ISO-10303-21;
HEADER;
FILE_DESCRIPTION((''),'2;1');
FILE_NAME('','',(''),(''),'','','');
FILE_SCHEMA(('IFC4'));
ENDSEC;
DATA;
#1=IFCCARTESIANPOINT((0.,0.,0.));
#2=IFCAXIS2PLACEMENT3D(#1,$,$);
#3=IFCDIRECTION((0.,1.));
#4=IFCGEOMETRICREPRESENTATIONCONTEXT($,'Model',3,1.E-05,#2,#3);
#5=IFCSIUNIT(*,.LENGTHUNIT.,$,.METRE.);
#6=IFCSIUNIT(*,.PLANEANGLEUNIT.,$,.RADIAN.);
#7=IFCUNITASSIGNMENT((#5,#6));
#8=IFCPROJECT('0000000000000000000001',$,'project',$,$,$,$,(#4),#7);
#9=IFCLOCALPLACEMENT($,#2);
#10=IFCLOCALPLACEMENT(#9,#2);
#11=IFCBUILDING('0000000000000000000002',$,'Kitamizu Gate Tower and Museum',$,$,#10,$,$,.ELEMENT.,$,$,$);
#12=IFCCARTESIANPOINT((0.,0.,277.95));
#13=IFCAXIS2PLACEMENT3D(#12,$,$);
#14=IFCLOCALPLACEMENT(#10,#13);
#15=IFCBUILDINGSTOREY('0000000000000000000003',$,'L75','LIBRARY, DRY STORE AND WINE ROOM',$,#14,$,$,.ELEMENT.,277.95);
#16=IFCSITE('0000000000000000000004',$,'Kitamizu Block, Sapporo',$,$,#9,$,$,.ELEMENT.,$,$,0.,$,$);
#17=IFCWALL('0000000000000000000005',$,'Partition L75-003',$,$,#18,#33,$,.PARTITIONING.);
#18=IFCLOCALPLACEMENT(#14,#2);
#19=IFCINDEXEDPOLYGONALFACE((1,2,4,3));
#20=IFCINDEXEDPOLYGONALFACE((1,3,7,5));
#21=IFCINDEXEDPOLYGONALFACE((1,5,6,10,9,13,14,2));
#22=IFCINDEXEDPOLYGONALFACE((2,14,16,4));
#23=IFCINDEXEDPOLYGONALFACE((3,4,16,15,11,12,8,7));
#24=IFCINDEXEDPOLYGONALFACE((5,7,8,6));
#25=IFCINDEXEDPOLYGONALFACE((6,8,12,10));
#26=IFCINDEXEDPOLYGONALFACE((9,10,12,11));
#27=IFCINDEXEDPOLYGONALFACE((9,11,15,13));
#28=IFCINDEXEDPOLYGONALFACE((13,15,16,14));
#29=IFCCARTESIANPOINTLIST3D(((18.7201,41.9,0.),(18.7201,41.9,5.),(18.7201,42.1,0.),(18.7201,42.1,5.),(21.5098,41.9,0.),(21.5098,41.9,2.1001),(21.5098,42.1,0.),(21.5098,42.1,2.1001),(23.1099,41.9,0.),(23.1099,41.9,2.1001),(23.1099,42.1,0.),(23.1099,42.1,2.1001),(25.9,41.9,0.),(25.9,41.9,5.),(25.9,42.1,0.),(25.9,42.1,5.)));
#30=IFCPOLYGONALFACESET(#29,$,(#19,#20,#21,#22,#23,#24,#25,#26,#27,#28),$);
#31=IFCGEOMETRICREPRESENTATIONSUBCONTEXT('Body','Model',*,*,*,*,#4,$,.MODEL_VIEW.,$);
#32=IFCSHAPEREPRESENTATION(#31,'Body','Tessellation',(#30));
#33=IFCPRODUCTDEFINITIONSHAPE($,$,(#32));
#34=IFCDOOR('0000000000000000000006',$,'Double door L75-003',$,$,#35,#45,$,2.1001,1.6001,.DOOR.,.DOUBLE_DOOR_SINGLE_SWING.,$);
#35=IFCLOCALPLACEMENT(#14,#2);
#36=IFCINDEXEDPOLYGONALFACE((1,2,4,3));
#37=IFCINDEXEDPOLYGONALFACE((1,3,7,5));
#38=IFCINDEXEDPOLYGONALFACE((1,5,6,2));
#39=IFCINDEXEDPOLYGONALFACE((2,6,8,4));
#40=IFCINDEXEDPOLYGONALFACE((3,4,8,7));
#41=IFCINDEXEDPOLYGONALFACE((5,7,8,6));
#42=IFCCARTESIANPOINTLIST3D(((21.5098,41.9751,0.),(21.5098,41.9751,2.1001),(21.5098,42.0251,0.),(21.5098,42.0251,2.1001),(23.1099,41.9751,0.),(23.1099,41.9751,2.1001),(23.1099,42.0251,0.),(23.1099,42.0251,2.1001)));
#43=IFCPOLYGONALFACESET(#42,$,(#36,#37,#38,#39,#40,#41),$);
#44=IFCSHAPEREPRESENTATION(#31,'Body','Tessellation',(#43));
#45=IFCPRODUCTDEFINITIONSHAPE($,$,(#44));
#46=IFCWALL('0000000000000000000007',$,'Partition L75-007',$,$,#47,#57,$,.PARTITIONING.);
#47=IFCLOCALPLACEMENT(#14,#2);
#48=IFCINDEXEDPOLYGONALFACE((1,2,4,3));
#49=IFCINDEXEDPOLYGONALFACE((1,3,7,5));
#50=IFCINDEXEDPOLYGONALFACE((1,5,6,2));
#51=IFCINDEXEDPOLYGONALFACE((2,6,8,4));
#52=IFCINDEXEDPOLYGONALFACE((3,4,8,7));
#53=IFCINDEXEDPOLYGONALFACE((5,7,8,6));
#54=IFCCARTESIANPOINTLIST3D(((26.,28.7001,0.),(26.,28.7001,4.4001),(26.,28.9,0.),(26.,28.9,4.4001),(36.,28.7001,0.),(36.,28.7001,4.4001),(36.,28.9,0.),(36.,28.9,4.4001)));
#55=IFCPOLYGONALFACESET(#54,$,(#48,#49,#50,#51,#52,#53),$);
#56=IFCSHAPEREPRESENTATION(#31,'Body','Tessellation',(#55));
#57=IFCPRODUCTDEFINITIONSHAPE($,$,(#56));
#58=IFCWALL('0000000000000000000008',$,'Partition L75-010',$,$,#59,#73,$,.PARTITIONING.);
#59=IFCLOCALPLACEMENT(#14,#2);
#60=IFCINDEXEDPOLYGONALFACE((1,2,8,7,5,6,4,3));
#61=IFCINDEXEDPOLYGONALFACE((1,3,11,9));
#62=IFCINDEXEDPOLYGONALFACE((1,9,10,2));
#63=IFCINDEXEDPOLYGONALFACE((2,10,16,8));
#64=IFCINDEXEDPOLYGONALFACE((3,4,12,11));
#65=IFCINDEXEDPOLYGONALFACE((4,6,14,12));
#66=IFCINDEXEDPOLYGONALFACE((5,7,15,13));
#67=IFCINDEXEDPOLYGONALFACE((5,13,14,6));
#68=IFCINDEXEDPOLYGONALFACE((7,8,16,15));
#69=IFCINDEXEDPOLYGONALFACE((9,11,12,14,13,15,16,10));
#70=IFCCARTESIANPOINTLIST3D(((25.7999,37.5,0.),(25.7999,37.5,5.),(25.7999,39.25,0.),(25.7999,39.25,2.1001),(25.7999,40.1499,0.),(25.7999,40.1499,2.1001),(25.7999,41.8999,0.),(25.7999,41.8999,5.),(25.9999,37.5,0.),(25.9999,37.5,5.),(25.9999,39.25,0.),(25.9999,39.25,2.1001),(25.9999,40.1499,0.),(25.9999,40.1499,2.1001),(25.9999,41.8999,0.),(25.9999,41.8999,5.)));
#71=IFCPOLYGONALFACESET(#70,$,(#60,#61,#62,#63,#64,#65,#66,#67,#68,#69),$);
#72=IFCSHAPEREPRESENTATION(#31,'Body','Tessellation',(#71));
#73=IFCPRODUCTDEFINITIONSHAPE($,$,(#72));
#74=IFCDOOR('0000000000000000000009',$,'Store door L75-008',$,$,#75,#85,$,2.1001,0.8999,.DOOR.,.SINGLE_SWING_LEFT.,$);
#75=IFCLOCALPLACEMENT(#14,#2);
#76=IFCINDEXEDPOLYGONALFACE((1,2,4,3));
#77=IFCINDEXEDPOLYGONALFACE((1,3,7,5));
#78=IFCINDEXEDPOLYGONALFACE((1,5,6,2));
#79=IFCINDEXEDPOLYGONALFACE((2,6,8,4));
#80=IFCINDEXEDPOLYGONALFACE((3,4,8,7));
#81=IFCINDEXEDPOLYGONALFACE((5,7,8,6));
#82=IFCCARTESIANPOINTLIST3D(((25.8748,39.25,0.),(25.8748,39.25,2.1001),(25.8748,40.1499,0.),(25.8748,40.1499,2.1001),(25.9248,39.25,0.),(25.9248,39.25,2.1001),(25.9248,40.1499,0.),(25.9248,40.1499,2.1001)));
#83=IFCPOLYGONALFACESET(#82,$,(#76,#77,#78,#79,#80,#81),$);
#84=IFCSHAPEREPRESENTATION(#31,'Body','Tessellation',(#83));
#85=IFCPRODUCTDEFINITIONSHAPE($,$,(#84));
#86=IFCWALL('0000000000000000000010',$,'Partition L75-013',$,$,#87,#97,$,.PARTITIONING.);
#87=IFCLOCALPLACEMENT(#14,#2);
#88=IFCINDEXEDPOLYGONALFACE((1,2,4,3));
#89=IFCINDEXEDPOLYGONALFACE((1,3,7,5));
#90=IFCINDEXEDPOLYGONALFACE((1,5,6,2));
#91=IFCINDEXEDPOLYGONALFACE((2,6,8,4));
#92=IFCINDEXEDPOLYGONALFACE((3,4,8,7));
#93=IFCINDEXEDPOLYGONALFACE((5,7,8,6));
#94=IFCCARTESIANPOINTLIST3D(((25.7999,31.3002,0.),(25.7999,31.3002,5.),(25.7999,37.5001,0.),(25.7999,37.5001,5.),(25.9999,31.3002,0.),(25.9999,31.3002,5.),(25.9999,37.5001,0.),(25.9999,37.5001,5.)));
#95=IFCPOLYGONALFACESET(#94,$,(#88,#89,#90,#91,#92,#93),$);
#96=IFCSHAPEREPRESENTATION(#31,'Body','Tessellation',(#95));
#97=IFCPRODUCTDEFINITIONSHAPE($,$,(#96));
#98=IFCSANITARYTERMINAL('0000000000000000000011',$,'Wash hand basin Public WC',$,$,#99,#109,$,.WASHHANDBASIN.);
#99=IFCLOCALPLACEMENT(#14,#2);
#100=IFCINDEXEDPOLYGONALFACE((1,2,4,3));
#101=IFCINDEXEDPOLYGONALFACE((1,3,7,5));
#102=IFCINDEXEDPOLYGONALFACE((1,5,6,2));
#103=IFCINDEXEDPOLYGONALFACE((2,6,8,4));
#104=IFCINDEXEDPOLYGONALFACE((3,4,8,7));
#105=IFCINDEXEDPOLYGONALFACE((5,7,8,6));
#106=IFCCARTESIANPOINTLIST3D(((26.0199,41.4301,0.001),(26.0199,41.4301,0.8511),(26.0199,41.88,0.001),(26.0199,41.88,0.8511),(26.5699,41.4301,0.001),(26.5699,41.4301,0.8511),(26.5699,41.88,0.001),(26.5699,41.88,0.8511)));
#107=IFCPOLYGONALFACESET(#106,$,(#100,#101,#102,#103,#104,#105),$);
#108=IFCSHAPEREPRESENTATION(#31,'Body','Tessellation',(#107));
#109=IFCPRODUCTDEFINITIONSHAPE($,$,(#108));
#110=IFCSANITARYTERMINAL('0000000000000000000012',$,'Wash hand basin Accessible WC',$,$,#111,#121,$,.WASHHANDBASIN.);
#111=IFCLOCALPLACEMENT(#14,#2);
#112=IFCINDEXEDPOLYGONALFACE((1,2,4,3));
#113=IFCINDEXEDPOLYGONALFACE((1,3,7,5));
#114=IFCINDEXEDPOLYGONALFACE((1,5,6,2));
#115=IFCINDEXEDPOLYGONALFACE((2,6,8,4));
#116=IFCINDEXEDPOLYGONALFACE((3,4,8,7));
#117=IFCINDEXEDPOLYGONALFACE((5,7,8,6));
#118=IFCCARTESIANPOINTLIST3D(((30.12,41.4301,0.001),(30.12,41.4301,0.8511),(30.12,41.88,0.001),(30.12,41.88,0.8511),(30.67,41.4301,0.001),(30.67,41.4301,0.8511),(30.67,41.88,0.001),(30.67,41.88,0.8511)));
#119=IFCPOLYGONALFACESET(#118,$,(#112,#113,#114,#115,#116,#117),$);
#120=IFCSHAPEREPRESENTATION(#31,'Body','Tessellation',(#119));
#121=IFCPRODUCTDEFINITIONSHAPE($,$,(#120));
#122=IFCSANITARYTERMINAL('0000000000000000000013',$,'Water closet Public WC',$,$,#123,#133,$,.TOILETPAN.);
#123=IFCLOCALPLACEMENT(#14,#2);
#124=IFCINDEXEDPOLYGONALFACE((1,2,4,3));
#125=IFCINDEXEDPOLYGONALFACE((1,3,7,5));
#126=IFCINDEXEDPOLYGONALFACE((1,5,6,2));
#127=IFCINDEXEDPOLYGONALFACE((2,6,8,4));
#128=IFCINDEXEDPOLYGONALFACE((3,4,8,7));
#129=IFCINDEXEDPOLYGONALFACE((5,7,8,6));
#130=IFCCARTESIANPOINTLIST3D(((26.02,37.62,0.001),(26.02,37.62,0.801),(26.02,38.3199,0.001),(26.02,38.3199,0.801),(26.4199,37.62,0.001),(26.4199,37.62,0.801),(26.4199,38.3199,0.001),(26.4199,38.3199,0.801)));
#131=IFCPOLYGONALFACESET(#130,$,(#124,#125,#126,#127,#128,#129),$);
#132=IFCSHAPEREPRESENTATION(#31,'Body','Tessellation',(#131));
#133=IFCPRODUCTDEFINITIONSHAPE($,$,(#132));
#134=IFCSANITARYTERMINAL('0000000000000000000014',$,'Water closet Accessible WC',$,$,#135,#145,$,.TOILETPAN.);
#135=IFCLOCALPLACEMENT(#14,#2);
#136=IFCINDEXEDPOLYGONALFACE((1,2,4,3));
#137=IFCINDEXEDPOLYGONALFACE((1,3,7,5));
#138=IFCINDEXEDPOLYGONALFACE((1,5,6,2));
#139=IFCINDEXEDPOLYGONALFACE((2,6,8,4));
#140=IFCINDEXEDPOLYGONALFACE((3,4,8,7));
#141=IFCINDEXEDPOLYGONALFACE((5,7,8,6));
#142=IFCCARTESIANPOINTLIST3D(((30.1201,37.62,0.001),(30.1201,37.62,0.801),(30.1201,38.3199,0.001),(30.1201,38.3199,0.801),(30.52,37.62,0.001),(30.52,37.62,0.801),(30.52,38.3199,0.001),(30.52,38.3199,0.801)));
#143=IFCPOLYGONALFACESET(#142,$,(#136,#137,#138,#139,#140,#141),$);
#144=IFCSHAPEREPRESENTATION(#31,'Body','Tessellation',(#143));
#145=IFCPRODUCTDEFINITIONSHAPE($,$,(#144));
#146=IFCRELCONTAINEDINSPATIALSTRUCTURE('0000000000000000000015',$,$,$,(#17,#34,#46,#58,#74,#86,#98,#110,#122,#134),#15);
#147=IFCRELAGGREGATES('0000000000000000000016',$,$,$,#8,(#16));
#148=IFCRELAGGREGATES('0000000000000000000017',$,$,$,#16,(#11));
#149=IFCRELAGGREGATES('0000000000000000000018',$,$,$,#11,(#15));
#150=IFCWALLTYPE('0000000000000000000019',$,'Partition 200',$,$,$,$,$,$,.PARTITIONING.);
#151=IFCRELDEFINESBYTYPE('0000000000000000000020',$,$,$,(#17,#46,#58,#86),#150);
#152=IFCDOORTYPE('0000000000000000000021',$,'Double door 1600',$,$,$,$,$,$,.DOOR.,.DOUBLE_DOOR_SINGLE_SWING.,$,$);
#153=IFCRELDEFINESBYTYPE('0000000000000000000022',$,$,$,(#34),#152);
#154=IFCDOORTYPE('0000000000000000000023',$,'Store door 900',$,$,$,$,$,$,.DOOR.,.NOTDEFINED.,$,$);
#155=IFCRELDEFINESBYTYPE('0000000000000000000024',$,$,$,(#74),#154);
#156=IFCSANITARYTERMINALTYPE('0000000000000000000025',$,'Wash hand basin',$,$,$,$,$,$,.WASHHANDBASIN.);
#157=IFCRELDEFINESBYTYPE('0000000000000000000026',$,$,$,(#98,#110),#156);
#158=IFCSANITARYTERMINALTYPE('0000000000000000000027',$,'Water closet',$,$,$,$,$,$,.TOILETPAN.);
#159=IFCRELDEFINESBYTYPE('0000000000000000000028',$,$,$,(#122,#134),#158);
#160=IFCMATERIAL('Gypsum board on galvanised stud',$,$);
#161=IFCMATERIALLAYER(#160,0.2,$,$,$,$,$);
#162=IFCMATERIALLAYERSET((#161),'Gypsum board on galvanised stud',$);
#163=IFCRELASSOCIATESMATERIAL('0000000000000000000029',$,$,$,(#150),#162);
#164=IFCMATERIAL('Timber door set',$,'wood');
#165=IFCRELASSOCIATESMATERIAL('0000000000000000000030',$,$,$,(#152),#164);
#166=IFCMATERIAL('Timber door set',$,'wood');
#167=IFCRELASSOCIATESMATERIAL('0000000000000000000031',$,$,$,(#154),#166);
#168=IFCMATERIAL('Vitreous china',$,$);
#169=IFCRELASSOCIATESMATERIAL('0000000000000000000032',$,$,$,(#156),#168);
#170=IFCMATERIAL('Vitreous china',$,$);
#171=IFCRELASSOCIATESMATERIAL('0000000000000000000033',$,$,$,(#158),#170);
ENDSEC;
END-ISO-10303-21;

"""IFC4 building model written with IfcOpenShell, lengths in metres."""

from ifc_helpers import new_model, si_unit, direction, frame, frame_2d, origin, origin_2d, place, context, subcontext, project, spatial, rectangle, extrude, material, layer, layer_set, type_object, element, fill, save


model = new_model("IFC4")

# Units and contexts
model_context = context("Model", 3, precision=1e-05, world=origin(), true_north=direction((0.0, 1.0)))
body_context = subcontext(model_context, "Body", "Model", "MODEL_VIEW")
ifc_project = project(units=[si_unit("LENGTHUNIT", "METRE"), si_unit("PLANEANGLEUNIT", "RADIAN")], contexts=[model_context])

# Site, building, storey
site_placement = place(None, origin())
site = spatial("IfcSite", under=ifc_project, at=site_placement, Name="Kitamizu Block, Sapporo", CompositionType="ELEMENT", RefElevation=0.0)
building_placement = place(site_placement, origin())
building = spatial("IfcBuilding", under=site, at=building_placement, Name="Kitamizu Gate Tower and Museum", CompositionType="ELEMENT")
storey_placement = place(building_placement, frame((0.0, 0.0, 277.95)))
storey = spatial("IfcBuildingStorey", under=building, at=storey_placement, Name="L75", Description="LIBRARY, DRY STORE AND WINE ROOM", CompositionType="ELEMENT", Elevation=277.95)

# Wall, opening, door
ifc_material_1 = material(Name="Gypsum board on galvanised stud")
ifc_layer_1 = layer(ifc_material_1, 0.2)
ifc_layer_set_1 = layer_set([ifc_layer_1], Name="Gypsum board on galvanised stud")
wall_type_1 = type_object("IfcWallType", Name="Partition 200", PredefinedType="PARTITIONING", material=ifc_layer_set_1)
wall_1_placement = place(storey_placement, frame((25.8999, 42.0, 0.0), z_axis=(0.0, 0.0, 1.0), x_axis=(-1.0, 0.0, 0.0)))
wall_1 = element("IfcWall", 1, at=wall_1_placement, inside=storey, type_object=wall_type_1, Name="Partition L75-003", PredefinedType="PARTITIONING", context=body_context, shape_type="SweptSolid", body=[
    extrude(rectangle(XDim=7.1799, YDim=0.2, at=frame_2d((3.5898, 0.0))), origin(), (0.0, 0.0, 1.0), 5.0),
])
opening_1_placement = place(wall_1_placement, frame((2.79, 0.0, 0.0)))
opening_1 = element("IfcOpeningElement", 2, at=opening_1_placement, cuts=wall_1, PredefinedType="OPENING", context=body_context, shape_type="SweptSolid", body=[
    extrude(rectangle(XDim=1.6001, YDim=2.1001, at=frame_2d((0.8, 1.05))), frame((0.0, 0.1099, 0.0), z_axis=(0.0, -1.0, 0.0), x_axis=(1.0, 0.0, 0.0)), (0.0, 0.0, 1.0), 0.22),
])
ifc_material_2 = material(Name="Timber door set", Category="wood")
door_type_1 = type_object("IfcDoorType", Name="Double door 1600", OperationType="DOUBLE_DOOR_SINGLE_SWING", PredefinedType="DOOR", material=ifc_material_2)
door_1_placement = place(opening_1_placement, origin())
door_1 = element("IfcDoor", 3, at=door_1_placement, inside=storey, type_object=door_type_1, Name="Double door L75-003", OperationType="DOUBLE_DOOR_SINGLE_SWING", OverallHeight=2.1001, OverallWidth=1.6001, PredefinedType="DOOR", context=body_context, shape_type="SweptSolid", body=[
    extrude(rectangle(XDim=1.6001, YDim=2.1001, at=frame_2d((0.8, 1.05))), frame((0.0, 0.0249, 0.0), z_axis=(0.0, -1.0, 0.0), x_axis=(1.0, 0.0, 0.0)), (0.0, 0.0, 1.0), 0.05),
])
fill(opening_1, door_1)

# Wall
wall_2_placement = place(storey_placement, frame((26.0, 28.8, 0.0), z_axis=(0.0, 0.0, 1.0), x_axis=(1.0, 0.0, 0.0)))
element("IfcWall", 4, at=wall_2_placement, inside=storey, type_object=wall_type_1, Name="Partition L75-007", PredefinedType="PARTITIONING", context=body_context, shape_type="SweptSolid", body=[
    extrude(rectangle(XDim=10.0, YDim=0.2, at=frame_2d((5.0, 0.0))), origin(), (0.0, 0.0, 1.0), 4.4001),
])

# Wall, opening, door
wall_3_placement = place(storey_placement, frame((25.8999, 37.5, 0.0), z_axis=(0.0, 0.0, 1.0), x_axis=(0.0, 1.0, 0.0)))
wall_3 = element("IfcWall", 5, at=wall_3_placement, inside=storey, type_object=wall_type_1, Name="Partition L75-010", PredefinedType="PARTITIONING", context=body_context, shape_type="SweptSolid", body=[
    extrude(rectangle(XDim=4.3999, YDim=0.2, at=frame_2d((2.2, 0.0))), origin(), (0.0, 0.0, 1.0), 5.0),
])
opening_2_placement = place(wall_3_placement, frame((1.75, 0.0, 0.0)))
opening_2 = element("IfcOpeningElement", 6, at=opening_2_placement, cuts=wall_3, PredefinedType="OPENING", context=body_context, shape_type="SweptSolid", body=[
    extrude(rectangle(XDim=0.8999, YDim=2.1001, at=frame_2d((0.45, 1.05))), frame((0.0, 0.1099, 0.0), z_axis=(0.0, -1.0, 0.0), x_axis=(1.0, 0.0, 0.0)), (0.0, 0.0, 1.0), 0.22),
])
ifc_material_3 = material(Name="Timber door set", Category="wood")
door_type_2 = type_object("IfcDoorType", Name="Store door 900", OperationType="NOTDEFINED", PredefinedType="DOOR", material=ifc_material_3)
door_2_placement = place(opening_2_placement, frame((0.8999, 0.0, 0.0), x_axis=(-1.0, 0.0, 0.0)))
door_2 = element("IfcDoor", 7, at=door_2_placement, inside=storey, type_object=door_type_2, Name="Store door L75-008", OperationType="SINGLE_SWING_LEFT", OverallHeight=2.1001, OverallWidth=0.8999, PredefinedType="DOOR", context=body_context, shape_type="SweptSolid", body=[
    extrude(rectangle(XDim=0.8999, YDim=2.1001, at=frame_2d((0.45, 1.05))), frame((0.0, 0.0249, 0.0), z_axis=(0.0, -1.0, 0.0), x_axis=(1.0, 0.0, 0.0)), (0.0, 0.0, 1.0), 0.05),
])
fill(opening_2, door_2)

# Wall
wall_4_placement = place(storey_placement, frame((25.8999, 31.3, 0.0), z_axis=(0.0, 0.0, 1.0), x_axis=(0.0, 1.0, 0.0)))
element("IfcWall", 8, at=wall_4_placement, inside=storey, type_object=wall_type_1, Name="Partition L75-013", PredefinedType="PARTITIONING", context=body_context, shape_type="SweptSolid", body=[
    extrude(rectangle(XDim=6.2, YDim=0.2, at=frame_2d((3.1001, 0.0))), origin(), (0.0, 0.0, 1.0), 5.0),
])

# Sanitary terminals
ifc_material_4 = material(Name="Vitreous china")
sanitary_terminal_type_1 = type_object("IfcSanitaryTerminalType", Name="Wash hand basin", PredefinedType="WASHHANDBASIN", material=ifc_material_4)
for number, where, z_axis, x_axis, name in (
    (9, (26.2949, 41.655, 0.001), (0.0, 0.0, 1.0), (1.0, 0.0, 0.0), "Wash hand basin Public WC"),
    (10, (30.395, 41.655, 0.001), (0.0, 0.0, 1.0), (1.0, 0.0, 0.0), "Wash hand basin Accessible WC"),
):
    element("IfcSanitaryTerminal", number, at=place(storey_placement, frame(where, z_axis=z_axis, x_axis=x_axis)), inside=storey, type_object=sanitary_terminal_type_1, Name=name, PredefinedType="WASHHANDBASIN", context=body_context, shape_type="SweptSolid", body=[
        extrude(rectangle(XDim=0.55, YDim=0.45, at=origin_2d()), origin(), (0.0, 0.0, 1.0), 0.8501),
    ])
ifc_material_5 = material(Name="Vitreous china")
sanitary_terminal_type_2 = type_object("IfcSanitaryTerminalType", Name="Water closet", PredefinedType="TOILETPAN", material=ifc_material_5)
for number, where, z_axis, x_axis, name in (
    (11, (26.22, 37.97, 0.001), (0.0, 0.0, 1.0), (1.0, 0.0, 0.0), "Water closet Public WC"),
    (12, (30.3201, 37.97, 0.001), (0.0, 0.0, 1.0), (1.0, 0.0, 0.0), "Water closet Accessible WC"),
):
    element("IfcSanitaryTerminal", number, at=place(storey_placement, frame(where, z_axis=z_axis, x_axis=x_axis)), inside=storey, type_object=sanitary_terminal_type_2, Name=name, PredefinedType="TOILETPAN", context=body_context, shape_type="SweptSolid", body=[
        extrude(rectangle(XDim=0.3999, YDim=0.7, at=origin_2d()), origin(), (0.0, 0.0, 1.0), 0.8),
    ])

save(model, "model.ifc")
